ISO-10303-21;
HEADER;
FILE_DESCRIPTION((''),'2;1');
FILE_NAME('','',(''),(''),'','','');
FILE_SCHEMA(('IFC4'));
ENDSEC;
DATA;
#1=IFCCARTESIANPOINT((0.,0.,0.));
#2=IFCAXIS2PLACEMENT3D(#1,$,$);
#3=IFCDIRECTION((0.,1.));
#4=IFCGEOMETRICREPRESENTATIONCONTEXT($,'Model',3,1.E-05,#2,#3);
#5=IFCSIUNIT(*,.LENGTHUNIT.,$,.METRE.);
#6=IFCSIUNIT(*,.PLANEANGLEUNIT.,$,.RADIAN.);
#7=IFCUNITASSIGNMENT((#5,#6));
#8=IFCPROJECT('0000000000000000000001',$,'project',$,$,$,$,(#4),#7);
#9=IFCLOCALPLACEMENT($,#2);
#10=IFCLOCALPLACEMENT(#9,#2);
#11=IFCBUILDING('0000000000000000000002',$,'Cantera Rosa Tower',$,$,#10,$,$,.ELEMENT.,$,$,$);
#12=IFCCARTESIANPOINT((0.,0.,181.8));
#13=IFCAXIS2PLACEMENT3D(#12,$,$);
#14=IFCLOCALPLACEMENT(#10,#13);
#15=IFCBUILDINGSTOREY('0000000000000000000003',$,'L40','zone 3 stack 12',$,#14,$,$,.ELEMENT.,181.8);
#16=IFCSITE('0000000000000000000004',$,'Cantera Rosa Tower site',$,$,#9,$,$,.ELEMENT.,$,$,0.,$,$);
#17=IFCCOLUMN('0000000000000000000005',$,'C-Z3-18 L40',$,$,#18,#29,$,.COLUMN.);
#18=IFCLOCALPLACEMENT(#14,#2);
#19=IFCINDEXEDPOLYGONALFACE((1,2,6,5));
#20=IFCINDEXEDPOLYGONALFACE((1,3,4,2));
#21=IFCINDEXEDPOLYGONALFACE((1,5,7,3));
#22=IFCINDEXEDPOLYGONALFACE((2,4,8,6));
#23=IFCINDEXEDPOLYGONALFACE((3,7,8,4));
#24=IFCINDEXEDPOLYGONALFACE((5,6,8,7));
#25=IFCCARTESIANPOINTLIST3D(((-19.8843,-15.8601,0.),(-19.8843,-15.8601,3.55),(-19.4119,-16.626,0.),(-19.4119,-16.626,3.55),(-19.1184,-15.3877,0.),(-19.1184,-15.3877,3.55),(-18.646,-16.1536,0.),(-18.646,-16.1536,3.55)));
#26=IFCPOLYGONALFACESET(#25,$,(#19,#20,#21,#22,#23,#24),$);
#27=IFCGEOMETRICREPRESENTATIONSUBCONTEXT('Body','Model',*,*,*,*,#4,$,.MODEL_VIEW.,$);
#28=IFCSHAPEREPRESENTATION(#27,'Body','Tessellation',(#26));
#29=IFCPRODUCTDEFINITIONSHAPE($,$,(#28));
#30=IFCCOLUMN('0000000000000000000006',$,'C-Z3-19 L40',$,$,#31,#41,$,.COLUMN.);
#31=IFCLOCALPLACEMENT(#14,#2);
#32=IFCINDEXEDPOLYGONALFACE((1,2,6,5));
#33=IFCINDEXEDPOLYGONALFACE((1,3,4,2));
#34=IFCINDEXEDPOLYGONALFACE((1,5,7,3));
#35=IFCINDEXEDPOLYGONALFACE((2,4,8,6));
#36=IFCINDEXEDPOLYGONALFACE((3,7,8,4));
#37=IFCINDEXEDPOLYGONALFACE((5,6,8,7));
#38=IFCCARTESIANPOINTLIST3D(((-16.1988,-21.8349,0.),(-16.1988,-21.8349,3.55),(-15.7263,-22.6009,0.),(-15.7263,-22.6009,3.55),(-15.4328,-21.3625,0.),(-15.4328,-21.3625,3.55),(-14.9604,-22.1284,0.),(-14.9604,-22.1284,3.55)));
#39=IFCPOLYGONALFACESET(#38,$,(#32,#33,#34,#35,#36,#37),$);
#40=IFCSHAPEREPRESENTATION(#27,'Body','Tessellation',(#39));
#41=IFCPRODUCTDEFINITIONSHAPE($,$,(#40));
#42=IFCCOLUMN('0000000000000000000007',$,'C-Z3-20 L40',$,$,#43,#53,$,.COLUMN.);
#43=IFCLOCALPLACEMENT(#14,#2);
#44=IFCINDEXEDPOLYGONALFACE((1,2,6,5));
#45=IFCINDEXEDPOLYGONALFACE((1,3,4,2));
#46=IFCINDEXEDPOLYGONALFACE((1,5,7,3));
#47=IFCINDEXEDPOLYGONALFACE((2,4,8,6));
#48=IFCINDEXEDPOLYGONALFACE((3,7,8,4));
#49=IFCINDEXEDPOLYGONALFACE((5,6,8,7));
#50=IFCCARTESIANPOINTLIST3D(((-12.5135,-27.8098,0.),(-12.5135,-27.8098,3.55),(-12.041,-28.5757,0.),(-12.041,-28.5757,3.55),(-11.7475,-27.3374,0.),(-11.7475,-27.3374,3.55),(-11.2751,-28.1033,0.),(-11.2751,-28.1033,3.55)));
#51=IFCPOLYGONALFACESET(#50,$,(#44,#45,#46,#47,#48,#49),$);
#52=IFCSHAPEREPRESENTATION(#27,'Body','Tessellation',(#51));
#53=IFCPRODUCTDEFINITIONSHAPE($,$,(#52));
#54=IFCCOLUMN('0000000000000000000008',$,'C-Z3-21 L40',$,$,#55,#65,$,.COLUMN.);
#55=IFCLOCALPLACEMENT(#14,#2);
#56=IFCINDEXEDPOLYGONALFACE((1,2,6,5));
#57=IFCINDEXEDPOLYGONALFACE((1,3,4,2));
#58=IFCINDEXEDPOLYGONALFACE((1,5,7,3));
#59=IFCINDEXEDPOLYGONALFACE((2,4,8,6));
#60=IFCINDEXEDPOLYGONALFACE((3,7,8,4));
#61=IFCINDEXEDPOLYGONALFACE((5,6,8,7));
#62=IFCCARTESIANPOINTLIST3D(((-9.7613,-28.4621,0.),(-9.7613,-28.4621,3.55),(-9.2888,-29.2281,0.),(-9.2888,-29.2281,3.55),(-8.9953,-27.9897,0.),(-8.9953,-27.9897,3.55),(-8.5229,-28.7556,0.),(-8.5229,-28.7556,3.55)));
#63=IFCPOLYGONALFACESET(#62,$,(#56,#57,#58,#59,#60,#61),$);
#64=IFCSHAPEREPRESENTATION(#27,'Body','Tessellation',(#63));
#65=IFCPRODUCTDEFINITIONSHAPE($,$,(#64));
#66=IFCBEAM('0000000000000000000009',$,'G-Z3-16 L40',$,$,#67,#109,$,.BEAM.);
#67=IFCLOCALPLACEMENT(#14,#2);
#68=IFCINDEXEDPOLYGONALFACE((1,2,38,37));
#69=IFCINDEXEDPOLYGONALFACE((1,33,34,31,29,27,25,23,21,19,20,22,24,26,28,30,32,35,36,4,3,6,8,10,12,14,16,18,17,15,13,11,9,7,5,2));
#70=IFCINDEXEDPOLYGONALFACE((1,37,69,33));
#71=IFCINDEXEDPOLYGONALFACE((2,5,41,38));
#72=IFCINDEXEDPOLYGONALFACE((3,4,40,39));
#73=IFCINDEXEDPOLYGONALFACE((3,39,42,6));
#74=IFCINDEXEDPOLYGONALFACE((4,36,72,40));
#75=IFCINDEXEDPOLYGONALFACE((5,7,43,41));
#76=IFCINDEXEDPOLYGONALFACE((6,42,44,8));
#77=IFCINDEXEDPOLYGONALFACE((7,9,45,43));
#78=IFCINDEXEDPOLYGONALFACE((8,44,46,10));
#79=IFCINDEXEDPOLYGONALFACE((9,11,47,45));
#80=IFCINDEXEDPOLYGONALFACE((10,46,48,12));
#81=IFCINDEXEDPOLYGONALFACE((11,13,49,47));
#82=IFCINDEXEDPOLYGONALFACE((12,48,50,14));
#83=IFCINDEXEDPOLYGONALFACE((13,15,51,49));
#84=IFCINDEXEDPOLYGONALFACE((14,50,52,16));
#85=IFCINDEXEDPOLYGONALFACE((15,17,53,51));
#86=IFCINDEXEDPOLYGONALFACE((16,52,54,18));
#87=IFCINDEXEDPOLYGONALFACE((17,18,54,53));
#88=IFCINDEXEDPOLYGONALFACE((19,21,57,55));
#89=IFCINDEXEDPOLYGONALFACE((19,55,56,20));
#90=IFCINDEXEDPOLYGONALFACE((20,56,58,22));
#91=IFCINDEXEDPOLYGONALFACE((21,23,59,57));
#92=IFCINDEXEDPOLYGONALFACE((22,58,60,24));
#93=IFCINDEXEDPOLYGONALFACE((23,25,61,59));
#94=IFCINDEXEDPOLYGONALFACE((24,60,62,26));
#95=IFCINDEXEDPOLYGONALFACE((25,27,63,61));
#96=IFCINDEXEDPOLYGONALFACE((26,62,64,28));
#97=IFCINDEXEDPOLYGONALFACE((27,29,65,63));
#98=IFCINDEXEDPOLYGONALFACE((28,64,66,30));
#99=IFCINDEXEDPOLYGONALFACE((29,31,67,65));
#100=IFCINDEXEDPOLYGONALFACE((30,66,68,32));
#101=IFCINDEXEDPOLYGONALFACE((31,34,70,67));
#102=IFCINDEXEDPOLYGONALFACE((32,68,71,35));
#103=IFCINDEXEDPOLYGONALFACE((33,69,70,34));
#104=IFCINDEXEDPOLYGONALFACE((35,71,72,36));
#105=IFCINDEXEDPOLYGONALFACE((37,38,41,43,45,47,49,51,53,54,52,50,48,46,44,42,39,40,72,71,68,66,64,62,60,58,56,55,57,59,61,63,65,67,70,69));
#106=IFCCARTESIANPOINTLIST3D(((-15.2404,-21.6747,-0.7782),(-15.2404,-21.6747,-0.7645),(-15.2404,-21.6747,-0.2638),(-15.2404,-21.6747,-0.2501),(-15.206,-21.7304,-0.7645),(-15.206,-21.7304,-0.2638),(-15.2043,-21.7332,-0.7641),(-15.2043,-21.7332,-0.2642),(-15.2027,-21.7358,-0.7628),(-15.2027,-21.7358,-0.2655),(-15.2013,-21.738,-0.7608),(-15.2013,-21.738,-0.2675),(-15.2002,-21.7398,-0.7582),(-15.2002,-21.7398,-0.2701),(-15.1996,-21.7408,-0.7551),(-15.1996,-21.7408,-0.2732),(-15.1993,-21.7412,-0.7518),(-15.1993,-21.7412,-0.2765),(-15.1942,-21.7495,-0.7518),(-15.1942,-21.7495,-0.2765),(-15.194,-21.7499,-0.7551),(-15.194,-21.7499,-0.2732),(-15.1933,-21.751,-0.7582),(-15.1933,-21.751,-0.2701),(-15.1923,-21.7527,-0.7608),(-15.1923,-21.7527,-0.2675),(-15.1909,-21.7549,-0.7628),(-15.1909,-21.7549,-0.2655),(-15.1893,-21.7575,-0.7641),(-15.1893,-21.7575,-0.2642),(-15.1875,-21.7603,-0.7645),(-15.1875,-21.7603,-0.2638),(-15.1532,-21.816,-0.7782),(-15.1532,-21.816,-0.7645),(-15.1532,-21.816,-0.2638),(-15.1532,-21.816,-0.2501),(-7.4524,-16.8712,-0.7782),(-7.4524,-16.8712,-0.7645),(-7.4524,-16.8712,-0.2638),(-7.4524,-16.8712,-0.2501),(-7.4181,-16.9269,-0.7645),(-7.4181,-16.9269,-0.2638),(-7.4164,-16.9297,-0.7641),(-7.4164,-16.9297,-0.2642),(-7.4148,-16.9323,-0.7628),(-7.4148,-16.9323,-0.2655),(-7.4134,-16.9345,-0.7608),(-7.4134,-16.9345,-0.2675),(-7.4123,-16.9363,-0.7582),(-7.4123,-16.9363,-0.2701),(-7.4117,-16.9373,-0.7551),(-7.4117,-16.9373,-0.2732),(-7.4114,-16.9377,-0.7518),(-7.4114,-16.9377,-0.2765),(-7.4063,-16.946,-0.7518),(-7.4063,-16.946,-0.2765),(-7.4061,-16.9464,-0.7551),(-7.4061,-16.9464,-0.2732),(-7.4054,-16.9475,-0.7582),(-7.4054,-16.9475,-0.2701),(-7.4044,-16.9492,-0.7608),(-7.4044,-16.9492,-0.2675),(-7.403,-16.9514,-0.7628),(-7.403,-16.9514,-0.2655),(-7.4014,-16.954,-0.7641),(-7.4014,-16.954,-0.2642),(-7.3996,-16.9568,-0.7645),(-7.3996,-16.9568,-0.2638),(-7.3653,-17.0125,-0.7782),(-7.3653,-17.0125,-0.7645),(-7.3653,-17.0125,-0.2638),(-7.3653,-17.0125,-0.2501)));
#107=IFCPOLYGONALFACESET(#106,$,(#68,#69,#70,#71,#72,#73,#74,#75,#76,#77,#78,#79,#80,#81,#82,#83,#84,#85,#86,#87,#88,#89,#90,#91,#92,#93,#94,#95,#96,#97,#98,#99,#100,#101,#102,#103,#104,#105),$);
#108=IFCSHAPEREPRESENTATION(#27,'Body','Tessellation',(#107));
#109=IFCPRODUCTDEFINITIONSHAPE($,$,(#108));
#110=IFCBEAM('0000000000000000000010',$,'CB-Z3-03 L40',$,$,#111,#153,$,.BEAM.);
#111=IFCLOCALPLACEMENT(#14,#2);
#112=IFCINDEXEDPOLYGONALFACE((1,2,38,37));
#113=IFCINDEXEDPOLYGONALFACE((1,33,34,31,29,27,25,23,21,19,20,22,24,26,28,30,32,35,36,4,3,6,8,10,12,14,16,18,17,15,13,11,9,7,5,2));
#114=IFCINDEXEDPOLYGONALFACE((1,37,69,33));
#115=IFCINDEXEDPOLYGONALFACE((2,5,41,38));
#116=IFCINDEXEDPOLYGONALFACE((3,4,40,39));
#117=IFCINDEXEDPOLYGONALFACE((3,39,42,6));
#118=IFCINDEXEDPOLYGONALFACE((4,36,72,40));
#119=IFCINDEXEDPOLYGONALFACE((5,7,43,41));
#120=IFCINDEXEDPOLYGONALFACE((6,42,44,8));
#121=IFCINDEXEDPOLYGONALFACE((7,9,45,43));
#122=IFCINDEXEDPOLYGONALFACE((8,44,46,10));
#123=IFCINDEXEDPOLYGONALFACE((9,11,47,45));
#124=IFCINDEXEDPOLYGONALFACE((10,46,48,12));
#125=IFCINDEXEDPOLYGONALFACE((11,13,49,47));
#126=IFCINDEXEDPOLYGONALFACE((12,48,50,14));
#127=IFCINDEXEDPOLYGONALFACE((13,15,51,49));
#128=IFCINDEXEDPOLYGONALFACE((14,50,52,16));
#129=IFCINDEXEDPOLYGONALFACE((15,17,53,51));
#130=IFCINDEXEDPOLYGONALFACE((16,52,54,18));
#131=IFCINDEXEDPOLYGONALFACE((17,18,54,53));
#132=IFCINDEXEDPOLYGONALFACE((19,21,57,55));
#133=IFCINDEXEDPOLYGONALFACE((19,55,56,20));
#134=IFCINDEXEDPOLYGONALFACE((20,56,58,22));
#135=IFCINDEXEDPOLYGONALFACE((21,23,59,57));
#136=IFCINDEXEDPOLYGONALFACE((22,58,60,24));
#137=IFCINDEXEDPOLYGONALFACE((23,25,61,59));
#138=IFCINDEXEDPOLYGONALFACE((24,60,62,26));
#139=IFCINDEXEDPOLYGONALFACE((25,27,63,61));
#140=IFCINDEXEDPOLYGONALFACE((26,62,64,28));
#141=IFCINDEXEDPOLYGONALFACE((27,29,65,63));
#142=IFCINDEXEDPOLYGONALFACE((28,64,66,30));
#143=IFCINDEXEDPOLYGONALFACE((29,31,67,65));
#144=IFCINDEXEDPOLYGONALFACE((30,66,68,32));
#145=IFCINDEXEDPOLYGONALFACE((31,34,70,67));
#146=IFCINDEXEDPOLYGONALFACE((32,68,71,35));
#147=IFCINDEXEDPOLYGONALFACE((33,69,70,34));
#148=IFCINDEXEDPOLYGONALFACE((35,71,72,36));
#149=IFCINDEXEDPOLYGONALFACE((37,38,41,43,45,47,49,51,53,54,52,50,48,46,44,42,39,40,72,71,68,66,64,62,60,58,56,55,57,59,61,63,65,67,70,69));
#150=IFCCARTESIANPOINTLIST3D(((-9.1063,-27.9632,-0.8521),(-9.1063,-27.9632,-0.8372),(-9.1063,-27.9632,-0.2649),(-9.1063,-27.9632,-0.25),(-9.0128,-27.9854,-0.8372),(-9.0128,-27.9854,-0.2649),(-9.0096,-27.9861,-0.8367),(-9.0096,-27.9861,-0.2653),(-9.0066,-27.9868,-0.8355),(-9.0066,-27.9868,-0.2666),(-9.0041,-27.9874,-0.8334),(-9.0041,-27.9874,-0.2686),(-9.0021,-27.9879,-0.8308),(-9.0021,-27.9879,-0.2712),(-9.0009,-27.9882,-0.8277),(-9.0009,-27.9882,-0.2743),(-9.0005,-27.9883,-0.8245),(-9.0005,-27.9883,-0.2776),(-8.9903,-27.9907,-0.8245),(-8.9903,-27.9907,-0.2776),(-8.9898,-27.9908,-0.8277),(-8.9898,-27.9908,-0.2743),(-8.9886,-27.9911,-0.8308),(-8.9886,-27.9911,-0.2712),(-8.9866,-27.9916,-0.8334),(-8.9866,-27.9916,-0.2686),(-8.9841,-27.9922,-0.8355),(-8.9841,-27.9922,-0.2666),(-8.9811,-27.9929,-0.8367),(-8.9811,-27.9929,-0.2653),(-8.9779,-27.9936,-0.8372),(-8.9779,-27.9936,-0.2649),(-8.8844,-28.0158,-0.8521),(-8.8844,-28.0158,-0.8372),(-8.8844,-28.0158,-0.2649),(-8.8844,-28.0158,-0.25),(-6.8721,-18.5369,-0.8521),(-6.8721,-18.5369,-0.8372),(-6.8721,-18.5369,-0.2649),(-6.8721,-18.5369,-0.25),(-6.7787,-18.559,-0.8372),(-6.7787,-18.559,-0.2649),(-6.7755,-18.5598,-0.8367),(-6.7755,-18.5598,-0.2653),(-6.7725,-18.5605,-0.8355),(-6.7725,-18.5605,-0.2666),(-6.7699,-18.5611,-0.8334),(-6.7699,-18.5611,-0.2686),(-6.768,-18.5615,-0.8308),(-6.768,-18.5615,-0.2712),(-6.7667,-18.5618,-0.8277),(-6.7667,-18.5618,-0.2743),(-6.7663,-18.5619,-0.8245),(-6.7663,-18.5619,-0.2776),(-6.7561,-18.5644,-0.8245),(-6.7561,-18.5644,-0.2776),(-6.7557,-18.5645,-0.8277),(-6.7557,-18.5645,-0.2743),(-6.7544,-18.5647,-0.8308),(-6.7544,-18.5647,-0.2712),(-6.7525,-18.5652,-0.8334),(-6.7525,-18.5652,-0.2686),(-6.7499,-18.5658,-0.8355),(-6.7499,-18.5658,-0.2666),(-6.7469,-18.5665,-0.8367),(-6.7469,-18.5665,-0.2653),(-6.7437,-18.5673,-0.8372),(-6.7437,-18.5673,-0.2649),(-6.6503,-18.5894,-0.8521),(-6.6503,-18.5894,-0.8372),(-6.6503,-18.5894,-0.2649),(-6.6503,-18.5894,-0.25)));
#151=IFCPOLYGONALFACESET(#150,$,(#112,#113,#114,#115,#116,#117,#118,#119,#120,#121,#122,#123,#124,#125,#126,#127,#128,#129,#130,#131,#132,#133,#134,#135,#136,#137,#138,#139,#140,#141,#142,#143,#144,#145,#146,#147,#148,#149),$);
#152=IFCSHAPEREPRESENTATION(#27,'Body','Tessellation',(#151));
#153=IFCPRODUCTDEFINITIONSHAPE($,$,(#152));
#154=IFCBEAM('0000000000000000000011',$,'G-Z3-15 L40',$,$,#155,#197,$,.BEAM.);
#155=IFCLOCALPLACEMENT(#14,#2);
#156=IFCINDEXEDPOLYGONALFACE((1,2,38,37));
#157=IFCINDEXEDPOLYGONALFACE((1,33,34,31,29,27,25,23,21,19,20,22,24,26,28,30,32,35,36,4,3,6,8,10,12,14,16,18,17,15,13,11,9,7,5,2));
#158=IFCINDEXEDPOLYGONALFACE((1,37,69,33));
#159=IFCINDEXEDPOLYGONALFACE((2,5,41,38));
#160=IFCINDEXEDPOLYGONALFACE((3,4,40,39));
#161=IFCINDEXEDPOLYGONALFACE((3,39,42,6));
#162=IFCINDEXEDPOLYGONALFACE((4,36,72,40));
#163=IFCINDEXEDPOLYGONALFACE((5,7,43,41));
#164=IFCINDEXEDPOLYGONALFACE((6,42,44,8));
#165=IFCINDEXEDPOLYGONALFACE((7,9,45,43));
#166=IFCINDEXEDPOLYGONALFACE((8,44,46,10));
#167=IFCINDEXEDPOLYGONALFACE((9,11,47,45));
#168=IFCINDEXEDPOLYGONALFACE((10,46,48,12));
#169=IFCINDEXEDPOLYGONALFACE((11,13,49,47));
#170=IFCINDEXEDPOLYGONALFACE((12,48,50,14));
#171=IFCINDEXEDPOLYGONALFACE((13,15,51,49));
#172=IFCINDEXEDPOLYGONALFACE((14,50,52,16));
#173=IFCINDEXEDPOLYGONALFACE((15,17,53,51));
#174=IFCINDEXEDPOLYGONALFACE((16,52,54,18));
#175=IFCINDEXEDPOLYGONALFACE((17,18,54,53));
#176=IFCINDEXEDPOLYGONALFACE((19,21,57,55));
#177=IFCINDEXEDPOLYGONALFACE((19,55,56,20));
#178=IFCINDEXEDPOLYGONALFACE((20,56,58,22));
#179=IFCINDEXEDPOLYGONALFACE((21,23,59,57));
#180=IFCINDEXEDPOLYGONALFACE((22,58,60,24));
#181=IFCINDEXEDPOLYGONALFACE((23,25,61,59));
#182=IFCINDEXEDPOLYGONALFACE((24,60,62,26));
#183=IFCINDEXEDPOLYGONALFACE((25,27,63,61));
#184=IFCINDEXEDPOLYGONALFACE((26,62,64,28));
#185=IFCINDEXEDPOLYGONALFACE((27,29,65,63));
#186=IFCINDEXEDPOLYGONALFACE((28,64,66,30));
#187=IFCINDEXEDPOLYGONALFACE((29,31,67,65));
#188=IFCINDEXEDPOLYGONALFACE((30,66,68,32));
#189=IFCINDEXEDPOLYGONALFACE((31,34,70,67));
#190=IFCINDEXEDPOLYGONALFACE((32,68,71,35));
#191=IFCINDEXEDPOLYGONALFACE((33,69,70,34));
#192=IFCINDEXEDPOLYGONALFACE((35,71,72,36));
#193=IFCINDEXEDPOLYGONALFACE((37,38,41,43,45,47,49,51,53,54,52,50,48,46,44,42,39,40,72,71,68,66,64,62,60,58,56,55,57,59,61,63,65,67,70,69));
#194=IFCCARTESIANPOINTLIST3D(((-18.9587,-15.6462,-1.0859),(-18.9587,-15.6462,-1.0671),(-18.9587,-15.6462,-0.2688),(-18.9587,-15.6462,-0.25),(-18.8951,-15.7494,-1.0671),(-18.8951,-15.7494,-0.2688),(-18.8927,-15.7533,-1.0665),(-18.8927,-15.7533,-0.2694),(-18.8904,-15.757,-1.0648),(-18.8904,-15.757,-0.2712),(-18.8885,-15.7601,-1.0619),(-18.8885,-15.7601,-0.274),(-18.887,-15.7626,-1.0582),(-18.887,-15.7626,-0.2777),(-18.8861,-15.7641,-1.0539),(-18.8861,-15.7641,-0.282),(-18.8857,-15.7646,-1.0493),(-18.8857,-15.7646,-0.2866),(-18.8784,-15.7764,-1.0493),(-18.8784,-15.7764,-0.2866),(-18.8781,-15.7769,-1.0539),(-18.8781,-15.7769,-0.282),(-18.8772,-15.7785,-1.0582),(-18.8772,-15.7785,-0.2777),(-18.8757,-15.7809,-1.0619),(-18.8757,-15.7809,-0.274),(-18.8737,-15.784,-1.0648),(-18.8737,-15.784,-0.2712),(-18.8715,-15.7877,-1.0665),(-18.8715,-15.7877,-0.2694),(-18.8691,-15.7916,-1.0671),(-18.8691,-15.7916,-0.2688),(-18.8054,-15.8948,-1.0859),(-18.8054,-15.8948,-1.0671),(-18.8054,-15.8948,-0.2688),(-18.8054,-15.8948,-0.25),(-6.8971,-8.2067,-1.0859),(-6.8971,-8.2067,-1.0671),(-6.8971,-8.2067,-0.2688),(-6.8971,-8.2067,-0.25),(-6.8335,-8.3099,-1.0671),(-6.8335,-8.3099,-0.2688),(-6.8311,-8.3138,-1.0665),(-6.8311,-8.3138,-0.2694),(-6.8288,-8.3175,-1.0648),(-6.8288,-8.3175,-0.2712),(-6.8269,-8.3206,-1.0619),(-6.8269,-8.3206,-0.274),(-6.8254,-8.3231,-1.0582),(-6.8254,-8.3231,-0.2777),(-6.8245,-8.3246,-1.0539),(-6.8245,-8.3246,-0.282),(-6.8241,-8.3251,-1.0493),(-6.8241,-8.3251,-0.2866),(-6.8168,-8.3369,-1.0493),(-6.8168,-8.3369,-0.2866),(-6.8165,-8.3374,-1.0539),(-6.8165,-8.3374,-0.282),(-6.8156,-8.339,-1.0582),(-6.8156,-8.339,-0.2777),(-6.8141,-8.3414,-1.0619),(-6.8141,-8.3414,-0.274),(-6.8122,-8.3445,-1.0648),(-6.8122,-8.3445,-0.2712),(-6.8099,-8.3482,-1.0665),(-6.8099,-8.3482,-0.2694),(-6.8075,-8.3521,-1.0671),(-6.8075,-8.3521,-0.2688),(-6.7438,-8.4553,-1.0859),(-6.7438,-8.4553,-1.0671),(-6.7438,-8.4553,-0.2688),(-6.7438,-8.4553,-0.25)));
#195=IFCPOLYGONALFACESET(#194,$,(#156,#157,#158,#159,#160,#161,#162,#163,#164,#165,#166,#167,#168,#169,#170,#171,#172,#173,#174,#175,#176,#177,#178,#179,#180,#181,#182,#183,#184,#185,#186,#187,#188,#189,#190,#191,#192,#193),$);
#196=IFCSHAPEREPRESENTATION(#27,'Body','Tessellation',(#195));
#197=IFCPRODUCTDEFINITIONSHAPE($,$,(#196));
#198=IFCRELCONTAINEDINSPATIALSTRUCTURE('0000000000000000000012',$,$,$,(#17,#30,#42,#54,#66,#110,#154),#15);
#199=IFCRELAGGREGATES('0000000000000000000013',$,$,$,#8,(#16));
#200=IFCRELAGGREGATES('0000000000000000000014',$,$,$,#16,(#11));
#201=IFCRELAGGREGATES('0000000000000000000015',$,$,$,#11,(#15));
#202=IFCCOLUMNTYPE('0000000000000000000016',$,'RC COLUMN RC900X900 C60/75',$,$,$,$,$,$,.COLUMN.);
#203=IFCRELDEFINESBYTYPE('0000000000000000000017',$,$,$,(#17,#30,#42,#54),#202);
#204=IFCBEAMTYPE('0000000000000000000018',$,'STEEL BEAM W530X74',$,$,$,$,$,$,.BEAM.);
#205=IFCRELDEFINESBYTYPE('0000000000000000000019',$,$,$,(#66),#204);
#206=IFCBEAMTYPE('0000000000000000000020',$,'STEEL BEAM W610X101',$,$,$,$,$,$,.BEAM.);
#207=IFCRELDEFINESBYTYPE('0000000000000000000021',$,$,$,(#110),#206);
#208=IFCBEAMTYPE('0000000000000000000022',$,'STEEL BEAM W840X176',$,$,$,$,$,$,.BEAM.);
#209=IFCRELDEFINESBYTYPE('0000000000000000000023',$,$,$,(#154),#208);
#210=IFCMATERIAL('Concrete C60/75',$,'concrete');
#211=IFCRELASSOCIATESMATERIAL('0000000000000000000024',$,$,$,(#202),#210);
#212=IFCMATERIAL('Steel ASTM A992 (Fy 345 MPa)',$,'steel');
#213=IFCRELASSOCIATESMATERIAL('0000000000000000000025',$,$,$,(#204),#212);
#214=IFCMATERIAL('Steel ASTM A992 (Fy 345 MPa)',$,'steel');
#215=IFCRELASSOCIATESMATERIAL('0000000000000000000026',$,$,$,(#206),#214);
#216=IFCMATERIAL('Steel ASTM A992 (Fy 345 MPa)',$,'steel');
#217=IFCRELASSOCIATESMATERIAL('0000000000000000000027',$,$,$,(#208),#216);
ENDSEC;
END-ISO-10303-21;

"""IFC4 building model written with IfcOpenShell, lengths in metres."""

from ifc_helpers import new_model, si_unit, direction, frame, origin, origin_2d, place, context, subcontext, project, spatial, rectangle, i_section, extrude, material, material_profile, profile_set, type_object, element, save


model = new_model("IFC4")

# Units and contexts
model_context = context("Model", 3, precision=1e-05, world=origin(), true_north=direction((0.0, 1.0)))
body_context = subcontext(model_context, "Body", "Model", "MODEL_VIEW")
ifc_project = project(units=[si_unit("LENGTHUNIT", "METRE"), si_unit("PLANEANGLEUNIT", "RADIAN")], contexts=[model_context])

# Site, building, storey
site_placement = place(None, origin())
site = spatial("IfcSite", under=ifc_project, at=site_placement, Name="Cantera Rosa Tower site", CompositionType="ELEMENT", RefElevation=0.0)
building_placement = place(site_placement, origin())
building = spatial("IfcBuilding", under=site, at=building_placement, Name="Cantera Rosa Tower", CompositionType="ELEMENT")
storey_placement = place(building_placement, frame((0.0, 0.0, 181.8)))
storey = spatial("IfcBuildingStorey", under=building, at=storey_placement, Name="L40", Description="zone 3 stack 12", CompositionType="ELEMENT", Elevation=181.8)

# Columns
ifc_material_1 = material(Name="Concrete C60/75", Category="concrete")
ifc_material_profile_1 = material_profile(ifc_material_1, rectangle(XDim=0.8999, YDim=0.8999, at=origin_2d()), Name="RC COLUMN RC900X900 C60/75")
ifc_profile_set_1 = profile_set([ifc_material_profile_1], Name="Concrete C60/75")
column_type = type_object("IfcColumnType", Name="RC COLUMN RC900X900 C60/75", PredefinedType="COLUMN", material=ifc_profile_set_1)
for number, where, z_axis, x_axis, name in (
    (1, (-19.2651, -16.0068, 0.0), (0.0, 0.0, 1.0), (0.851117, 0.524977, 0.0), "C-Z3-18 L40"),
    (2, (-15.5796, -21.9817, 0.0), (0.0, 0.0, 1.0), (0.851117, 0.524977, 0.0), "C-Z3-19 L40"),
    (3, (-11.8943, -27.9565, 0.0), (0.0, 0.0, 1.0), (0.851117, 0.524977, 0.0), "C-Z3-20 L40"),
    (4, (-9.1421, -28.6089, 0.0), (0.0, 0.0, 1.0), (0.851117, 0.524977, 0.0), "C-Z3-21 L40"),
):
    element("IfcColumn", number, at=place(storey_placement, frame(where, z_axis=z_axis, x_axis=x_axis)), inside=storey, type_object=column_type, Name=name, PredefinedType="COLUMN", context=body_context, shape_type="SweptSolid", body=[
        extrude(rectangle(XDim=0.8999, YDim=0.8999, at=origin_2d()), origin(), (0.0, 0.0, 1.0), 3.55),
    ])

# Beams
ifc_material_2 = material(Name="Steel ASTM A992 (Fy 345 MPa)", Category="steel")
ifc_material_profile_2 = material_profile(ifc_material_2, i_section(OverallWidth=0.166, OverallDepth=0.5281, WebThickness=0.0098, FlangeThickness=0.0137, FilletRadius=0.0127, at=origin_2d()), Name="W530X74")
ifc_profile_set_2 = profile_set([ifc_material_profile_2], Name="Steel ASTM A992 (Fy 345 MPa)")
beam_type_1 = type_object("IfcBeamType", Name="STEEL BEAM W530X74", PredefinedType="BEAM", material=ifc_profile_set_2)
beam_1_placement = place(storey_placement, frame((-15.1968, -21.7454, -0.5142), z_axis=(0.851124, 0.524965, 0.0), x_axis=(-0.524965, 0.851124, 0.0)))
element("IfcBeam", 5, at=beam_1_placement, inside=storey, type_object=beam_type_1, Name="G-Z3-16 L40", PredefinedType="BEAM", context=body_context, shape_type="SweptSolid", body=[
    extrude(i_section(OverallWidth=0.166, OverallDepth=0.5281, WebThickness=0.0098, FlangeThickness=0.0137, FilletRadius=0.0127, at=origin_2d()), origin(), (0.0, 0.0, 1.0), 9.1501),
])
ifc_material_3 = material(Name="Steel ASTM A992 (Fy 345 MPa)", Category="steel")
ifc_material_profile_3 = material_profile(ifc_material_3, i_section(OverallWidth=0.228, OverallDepth=0.6021, WebThickness=0.0105, FlangeThickness=0.0149, FilletRadius=0.0127, at=origin_2d()), Name="W610X101")
ifc_profile_set_3 = profile_set([ifc_material_profile_3], Name="Steel ASTM A992 (Fy 345 MPa)")
beam_type_2 = type_object("IfcBeamType", Name="STEEL BEAM W610X101", PredefinedType="BEAM", material=ifc_profile_set_3)
beam_2_placement = place(storey_placement, frame((-8.9954, -27.9895, -0.551), z_axis=(0.230622, 0.973043, 0.0), x_axis=(-0.973043, 0.230622, 0.0)))
element("IfcBeam", 6, at=beam_2_placement, inside=storey, type_object=beam_type_2, Name="CB-Z3-03 L40", PredefinedType="BEAM", context=body_context, shape_type="SweptSolid", body=[
    extrude(i_section(OverallWidth=0.228, OverallDepth=0.6021, WebThickness=0.0105, FlangeThickness=0.0149, FilletRadius=0.0127, at=origin_2d()), origin(), (0.0, 0.0, 1.0), 9.6875),
])
ifc_material_4 = material(Name="Steel ASTM A992 (Fy 345 MPa)", Category="steel")
ifc_material_profile_4 = material_profile(ifc_material_4, i_section(OverallWidth=0.292, OverallDepth=0.8359, WebThickness=0.0139, FlangeThickness=0.0188, FilletRadius=0.0178, at=origin_2d()), Name="W840X176")
ifc_profile_set_4 = profile_set([ifc_material_profile_4], Name="Steel ASTM A992 (Fy 345 MPa)")
beam_type_3 = type_object("IfcBeamType", Name="STEEL BEAM W840X176", PredefinedType="BEAM", material=ifc_profile_set_4)
beam_3_placement = place(storey_placement, frame((-18.8821, -15.7705, -0.668), z_axis=(0.851123, 0.524966, 0.0), x_axis=(-0.524966, 0.851123, 0.0)))
element("IfcBeam", 7, at=beam_3_placement, inside=storey, type_object=beam_type_3, Name="G-Z3-15 L40", PredefinedType="BEAM", context=body_context, shape_type="SweptSolid", body=[
    extrude(i_section(OverallWidth=0.292, OverallDepth=0.8359, WebThickness=0.0139, FlangeThickness=0.0188, FilletRadius=0.0178, at=origin_2d()), origin(), (0.0, 0.0, 1.0), 14.1714),
])

save(model, "model.ifc")
